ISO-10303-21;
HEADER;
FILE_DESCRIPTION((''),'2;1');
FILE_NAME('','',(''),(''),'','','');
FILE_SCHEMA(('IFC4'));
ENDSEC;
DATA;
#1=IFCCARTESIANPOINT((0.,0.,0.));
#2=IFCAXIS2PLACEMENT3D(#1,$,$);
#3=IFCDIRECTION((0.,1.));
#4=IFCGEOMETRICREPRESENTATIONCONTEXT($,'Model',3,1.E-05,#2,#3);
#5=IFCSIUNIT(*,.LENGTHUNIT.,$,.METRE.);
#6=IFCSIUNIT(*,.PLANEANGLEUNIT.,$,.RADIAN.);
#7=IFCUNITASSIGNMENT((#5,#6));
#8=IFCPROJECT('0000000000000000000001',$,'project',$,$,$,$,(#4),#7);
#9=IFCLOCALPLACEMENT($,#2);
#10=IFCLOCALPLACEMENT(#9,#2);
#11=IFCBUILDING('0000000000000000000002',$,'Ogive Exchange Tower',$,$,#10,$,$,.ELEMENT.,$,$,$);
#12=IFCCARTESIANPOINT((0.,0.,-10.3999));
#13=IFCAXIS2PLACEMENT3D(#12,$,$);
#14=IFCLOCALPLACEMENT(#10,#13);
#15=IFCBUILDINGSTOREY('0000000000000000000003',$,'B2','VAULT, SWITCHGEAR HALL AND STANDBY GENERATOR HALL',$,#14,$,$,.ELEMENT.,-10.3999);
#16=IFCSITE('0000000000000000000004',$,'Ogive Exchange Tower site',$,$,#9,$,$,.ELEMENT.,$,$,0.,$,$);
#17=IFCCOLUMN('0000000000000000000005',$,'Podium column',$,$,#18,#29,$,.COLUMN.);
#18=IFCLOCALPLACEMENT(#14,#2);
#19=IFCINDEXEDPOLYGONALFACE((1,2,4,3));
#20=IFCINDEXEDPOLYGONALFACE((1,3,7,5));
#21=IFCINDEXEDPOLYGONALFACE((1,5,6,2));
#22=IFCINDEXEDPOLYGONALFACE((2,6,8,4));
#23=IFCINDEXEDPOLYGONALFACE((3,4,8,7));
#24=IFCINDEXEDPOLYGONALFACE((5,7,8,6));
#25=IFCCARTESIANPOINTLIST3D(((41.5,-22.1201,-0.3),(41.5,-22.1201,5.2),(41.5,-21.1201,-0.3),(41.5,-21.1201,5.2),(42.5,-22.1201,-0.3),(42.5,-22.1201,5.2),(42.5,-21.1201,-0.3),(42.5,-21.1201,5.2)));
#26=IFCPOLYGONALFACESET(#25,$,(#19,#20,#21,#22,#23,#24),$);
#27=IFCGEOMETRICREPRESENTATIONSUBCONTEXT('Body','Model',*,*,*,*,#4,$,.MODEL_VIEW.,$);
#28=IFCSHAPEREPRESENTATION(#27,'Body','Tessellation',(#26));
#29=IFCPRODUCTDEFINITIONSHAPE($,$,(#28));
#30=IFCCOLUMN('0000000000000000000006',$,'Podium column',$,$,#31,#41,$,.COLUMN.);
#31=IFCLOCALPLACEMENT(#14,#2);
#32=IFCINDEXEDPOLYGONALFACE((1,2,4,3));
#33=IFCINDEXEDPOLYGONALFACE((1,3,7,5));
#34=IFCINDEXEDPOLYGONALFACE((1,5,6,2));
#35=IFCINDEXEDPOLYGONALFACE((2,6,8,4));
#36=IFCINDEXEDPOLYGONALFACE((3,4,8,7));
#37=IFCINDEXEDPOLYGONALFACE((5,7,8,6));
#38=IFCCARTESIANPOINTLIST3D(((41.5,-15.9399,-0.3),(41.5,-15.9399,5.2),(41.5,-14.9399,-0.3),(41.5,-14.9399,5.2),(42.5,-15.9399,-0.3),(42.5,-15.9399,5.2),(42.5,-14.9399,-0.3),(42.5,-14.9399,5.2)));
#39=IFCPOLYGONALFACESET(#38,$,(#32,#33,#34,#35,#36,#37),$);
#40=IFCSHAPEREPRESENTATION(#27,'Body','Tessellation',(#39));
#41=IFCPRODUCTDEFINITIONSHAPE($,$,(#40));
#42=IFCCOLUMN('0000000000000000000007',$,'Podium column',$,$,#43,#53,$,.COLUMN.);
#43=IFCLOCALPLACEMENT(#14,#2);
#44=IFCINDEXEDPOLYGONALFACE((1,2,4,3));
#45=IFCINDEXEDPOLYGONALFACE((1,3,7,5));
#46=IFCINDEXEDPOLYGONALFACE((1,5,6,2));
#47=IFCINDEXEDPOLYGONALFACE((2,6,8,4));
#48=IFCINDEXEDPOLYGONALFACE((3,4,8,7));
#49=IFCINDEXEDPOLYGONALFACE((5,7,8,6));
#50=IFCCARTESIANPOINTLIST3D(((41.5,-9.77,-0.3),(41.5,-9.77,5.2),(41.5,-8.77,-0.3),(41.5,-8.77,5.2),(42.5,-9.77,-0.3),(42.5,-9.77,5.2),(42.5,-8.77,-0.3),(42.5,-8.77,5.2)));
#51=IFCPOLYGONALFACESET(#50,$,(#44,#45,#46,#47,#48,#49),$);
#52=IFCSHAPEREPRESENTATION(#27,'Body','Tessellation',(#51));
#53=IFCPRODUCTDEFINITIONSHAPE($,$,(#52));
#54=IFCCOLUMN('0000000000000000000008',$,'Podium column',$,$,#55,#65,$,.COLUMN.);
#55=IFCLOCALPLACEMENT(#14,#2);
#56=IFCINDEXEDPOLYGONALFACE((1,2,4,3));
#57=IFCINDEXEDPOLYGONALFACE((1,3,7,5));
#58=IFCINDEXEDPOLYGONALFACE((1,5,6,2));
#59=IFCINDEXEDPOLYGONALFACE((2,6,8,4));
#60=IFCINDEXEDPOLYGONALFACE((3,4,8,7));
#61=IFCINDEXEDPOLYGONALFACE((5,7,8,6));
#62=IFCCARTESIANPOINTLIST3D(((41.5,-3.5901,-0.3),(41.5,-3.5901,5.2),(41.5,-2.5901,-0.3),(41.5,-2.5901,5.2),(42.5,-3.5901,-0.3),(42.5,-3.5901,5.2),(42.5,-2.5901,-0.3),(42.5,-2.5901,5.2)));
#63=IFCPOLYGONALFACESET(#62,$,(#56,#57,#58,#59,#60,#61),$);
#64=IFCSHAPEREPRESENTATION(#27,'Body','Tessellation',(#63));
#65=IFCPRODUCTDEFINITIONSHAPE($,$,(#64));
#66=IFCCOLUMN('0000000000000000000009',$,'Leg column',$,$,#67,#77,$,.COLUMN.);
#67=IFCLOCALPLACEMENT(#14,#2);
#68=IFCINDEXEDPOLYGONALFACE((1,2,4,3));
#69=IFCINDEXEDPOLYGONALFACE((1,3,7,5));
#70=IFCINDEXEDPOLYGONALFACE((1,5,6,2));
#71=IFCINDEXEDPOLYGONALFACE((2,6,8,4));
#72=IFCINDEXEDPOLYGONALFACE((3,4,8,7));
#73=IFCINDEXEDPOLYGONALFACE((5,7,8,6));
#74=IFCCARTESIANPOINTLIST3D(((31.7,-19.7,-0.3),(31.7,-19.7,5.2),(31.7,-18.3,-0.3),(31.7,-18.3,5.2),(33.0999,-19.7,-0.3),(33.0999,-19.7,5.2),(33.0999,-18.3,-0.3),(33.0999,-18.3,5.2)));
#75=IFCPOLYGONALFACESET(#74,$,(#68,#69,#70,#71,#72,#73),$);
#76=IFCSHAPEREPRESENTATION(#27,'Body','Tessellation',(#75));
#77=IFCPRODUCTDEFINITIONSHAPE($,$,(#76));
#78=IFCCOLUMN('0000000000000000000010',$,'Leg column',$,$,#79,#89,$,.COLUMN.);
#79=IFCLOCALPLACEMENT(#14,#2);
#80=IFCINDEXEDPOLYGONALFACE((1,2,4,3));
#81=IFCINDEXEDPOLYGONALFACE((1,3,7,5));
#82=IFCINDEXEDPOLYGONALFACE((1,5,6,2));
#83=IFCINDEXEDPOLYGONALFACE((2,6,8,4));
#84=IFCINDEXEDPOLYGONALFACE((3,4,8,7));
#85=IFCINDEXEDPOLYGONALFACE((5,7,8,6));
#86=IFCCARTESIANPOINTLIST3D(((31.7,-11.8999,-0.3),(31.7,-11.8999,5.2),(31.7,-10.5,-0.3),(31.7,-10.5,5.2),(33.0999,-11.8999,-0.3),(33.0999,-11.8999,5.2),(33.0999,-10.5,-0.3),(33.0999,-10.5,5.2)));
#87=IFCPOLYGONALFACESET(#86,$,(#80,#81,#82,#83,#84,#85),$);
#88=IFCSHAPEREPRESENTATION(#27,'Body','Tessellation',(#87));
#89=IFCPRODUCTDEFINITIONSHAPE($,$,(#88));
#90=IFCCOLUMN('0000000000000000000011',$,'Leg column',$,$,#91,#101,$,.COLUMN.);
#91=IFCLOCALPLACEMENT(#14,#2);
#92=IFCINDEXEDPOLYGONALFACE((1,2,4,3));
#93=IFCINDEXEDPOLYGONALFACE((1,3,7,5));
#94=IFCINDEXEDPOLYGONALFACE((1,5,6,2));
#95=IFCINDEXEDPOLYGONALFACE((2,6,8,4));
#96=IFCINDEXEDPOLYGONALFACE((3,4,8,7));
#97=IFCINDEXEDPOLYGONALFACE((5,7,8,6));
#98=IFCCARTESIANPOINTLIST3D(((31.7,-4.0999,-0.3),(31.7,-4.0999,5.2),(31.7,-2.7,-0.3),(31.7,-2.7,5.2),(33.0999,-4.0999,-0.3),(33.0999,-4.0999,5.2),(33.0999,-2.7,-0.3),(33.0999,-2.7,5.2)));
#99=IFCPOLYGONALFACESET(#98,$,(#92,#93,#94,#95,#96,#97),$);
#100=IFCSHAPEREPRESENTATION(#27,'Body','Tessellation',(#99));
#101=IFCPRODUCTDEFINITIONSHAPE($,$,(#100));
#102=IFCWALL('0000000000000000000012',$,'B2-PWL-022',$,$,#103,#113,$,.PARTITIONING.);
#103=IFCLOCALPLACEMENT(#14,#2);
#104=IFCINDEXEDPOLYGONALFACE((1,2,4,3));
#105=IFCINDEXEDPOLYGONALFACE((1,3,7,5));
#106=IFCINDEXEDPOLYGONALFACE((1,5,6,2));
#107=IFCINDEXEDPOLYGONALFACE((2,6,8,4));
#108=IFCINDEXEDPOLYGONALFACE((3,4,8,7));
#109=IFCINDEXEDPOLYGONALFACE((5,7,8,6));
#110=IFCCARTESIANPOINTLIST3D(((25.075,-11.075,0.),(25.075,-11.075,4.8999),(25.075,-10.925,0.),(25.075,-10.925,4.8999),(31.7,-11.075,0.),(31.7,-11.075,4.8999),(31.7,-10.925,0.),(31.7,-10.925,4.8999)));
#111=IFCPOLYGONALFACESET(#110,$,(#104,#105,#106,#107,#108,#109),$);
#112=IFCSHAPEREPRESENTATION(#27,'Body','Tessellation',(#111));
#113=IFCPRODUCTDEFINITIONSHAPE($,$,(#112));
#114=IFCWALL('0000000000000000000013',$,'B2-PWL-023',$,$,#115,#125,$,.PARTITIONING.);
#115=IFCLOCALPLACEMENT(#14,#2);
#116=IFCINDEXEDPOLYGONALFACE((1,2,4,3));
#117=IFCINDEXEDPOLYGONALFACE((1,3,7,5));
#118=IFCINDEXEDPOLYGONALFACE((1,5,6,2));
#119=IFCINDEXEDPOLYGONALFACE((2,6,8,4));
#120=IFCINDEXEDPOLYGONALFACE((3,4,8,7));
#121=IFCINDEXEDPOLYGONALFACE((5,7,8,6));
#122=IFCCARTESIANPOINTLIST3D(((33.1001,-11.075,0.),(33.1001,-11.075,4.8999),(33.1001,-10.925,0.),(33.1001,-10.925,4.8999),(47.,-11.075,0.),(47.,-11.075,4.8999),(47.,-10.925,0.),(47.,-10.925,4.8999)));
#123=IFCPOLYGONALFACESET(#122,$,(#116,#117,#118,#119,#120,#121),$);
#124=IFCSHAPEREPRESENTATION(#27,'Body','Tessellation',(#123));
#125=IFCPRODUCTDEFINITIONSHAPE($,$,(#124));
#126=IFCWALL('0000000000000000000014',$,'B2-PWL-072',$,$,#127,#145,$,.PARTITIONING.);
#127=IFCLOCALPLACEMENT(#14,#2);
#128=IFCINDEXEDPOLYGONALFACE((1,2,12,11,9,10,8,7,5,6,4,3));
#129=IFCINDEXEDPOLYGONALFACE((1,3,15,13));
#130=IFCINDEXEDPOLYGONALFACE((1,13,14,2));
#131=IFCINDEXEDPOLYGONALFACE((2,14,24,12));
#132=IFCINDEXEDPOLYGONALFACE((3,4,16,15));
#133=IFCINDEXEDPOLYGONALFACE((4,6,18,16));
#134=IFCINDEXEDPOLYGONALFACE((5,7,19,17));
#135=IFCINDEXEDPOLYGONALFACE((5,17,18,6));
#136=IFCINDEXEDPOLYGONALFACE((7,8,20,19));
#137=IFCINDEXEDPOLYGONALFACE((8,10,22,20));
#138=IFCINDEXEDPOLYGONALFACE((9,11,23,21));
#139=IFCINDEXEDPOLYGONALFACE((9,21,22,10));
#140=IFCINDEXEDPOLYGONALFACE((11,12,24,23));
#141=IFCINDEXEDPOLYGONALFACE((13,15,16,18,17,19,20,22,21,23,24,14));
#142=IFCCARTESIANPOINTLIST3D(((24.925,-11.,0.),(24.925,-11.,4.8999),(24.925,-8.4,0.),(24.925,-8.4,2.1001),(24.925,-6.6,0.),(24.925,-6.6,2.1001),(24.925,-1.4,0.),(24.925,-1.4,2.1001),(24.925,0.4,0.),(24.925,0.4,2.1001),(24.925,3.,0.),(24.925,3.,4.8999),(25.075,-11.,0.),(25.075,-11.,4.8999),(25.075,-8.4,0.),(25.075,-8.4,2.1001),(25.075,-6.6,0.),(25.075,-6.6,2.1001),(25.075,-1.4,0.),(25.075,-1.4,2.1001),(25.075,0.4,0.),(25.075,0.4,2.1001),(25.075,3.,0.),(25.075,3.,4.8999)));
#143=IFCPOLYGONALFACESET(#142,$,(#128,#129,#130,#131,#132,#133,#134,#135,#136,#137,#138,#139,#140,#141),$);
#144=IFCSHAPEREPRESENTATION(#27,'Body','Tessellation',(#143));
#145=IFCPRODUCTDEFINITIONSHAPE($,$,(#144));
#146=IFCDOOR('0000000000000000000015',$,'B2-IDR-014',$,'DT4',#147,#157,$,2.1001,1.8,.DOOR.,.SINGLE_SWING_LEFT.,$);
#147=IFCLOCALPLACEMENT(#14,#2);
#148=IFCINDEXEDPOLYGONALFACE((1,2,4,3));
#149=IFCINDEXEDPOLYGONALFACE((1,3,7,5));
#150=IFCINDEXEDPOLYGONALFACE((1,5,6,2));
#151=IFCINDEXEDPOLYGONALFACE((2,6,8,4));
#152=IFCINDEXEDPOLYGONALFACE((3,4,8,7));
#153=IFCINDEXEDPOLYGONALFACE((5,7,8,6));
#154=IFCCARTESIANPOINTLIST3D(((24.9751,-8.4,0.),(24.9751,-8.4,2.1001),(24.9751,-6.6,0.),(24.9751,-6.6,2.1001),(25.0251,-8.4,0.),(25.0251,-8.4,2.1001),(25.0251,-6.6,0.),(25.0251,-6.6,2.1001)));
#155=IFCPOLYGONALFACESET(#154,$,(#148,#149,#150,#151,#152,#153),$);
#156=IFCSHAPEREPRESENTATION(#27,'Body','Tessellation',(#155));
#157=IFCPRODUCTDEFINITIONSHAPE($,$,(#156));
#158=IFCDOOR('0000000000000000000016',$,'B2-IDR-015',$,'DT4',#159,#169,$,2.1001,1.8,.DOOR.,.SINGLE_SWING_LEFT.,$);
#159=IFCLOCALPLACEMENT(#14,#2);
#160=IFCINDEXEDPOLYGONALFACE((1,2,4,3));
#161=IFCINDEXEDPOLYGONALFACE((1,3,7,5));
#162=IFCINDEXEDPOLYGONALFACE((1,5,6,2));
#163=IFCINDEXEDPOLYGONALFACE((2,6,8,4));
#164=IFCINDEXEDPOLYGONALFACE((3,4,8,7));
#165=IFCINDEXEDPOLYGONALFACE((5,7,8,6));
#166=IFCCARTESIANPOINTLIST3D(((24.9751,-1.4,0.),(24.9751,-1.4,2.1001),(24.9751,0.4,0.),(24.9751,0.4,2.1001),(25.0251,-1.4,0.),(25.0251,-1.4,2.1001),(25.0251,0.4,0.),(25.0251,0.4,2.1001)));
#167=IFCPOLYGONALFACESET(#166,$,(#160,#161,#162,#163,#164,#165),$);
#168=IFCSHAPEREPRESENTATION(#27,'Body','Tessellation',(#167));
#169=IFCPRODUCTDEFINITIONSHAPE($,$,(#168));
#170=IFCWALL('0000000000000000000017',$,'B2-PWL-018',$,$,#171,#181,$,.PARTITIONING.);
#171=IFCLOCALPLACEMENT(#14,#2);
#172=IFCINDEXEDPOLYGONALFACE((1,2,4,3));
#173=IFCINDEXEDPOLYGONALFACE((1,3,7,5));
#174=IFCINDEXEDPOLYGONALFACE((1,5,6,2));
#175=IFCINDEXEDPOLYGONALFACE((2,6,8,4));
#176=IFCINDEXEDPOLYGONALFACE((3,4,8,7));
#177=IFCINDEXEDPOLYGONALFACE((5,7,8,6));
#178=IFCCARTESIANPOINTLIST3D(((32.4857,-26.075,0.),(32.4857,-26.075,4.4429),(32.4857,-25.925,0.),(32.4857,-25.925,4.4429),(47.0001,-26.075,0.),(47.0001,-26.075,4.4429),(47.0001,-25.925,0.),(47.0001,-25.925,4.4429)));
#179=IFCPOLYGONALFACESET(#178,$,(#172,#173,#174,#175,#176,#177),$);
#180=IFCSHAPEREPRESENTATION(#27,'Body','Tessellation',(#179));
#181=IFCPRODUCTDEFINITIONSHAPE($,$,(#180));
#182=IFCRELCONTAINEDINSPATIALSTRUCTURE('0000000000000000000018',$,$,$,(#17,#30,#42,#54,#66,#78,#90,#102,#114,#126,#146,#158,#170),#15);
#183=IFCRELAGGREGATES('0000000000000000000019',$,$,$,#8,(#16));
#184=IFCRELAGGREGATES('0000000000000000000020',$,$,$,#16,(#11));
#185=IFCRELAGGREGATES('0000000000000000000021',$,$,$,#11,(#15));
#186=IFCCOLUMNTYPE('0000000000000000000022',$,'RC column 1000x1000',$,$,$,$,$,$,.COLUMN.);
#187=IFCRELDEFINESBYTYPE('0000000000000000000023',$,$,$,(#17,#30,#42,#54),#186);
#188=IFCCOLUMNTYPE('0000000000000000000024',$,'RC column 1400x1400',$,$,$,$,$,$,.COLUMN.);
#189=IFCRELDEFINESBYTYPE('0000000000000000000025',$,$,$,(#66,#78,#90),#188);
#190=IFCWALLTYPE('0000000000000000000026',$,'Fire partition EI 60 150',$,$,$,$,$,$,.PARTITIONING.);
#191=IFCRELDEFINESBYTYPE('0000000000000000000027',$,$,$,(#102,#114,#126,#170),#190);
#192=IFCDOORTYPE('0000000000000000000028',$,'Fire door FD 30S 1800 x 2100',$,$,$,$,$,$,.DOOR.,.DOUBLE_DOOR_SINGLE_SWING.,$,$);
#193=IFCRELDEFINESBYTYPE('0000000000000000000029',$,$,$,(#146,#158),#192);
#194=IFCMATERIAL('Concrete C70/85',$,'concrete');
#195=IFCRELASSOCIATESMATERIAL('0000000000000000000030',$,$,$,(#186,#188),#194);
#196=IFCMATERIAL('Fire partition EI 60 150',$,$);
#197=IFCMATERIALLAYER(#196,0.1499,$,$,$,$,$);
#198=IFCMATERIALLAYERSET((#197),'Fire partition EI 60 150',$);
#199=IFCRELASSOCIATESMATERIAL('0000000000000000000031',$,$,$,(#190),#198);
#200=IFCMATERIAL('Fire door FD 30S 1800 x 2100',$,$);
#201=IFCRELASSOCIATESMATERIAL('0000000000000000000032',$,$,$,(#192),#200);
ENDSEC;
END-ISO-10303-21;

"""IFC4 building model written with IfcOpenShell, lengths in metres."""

from ifc_helpers import new_model, si_unit, direction, frame, frame_2d, origin, origin_2d, place, context, subcontext, project, spatial, rectangle, extrude, material, layer, layer_set, material_profile, profile_set, type_object, element, fill, save


model = new_model("IFC4")

# Units and contexts
model_context = context("Model", 3, precision=1e-05, world=origin(), true_north=direction((0.0, 1.0)))
body_context = subcontext(model_context, "Body", "Model", "MODEL_VIEW")
ifc_project = project(units=[si_unit("LENGTHUNIT", "METRE"), si_unit("PLANEANGLEUNIT", "RADIAN")], contexts=[model_context])

# Site, building, storey
site_placement = place(None, origin())
site = spatial("IfcSite", under=ifc_project, at=site_placement, Name="Ogive Exchange Tower site", CompositionType="ELEMENT", RefElevation=0.0)
building_placement = place(site_placement, origin())
building = spatial("IfcBuilding", under=site, at=building_placement, Name="Ogive Exchange Tower", CompositionType="ELEMENT")
storey_placement = place(building_placement, frame((0.0, 0.0, -10.3999)))
storey = spatial("IfcBuildingStorey", under=building, at=storey_placement, Name="B2", Description="VAULT, SWITCHGEAR HALL AND STANDBY GENERATOR HALL", CompositionType="ELEMENT", Elevation=-10.3999)

# Columns
ifc_material_1 = material(Name="Concrete C70/85", Category="concrete")
ifc_material_profile_1 = material_profile(ifc_material_1, rectangle(XDim=1.0, YDim=1.0, at=origin_2d()), Name="RC 1000x1000")
ifc_profile_set_1 = profile_set([ifc_material_profile_1], Name="Concrete C70/85")
column_type_1 = type_object("IfcColumnType", Name="RC column 1000x1000", PredefinedType="COLUMN", material=ifc_profile_set_1)
for number, where, z_axis, x_axis, name in (
    (1, (42.0, -21.6201, -0.3), (0.0, 0.0, 1.0), (1.0, 0.0, 0.0), "Podium column"),
    (2, (42.0, -15.4399, -0.3), (0.0, 0.0, 1.0), (1.0, 0.0, 0.0), "Podium column"),
    (3, (42.0, -9.27, -0.3), (0.0, 0.0, 1.0), (1.0, 0.0, 0.0), "Podium column"),
    (4, (42.0, -3.0901, -0.3), (0.0, 0.0, 1.0), (1.0, 0.0, 0.0), "Podium column"),
):
    element("IfcColumn", number, at=place(storey_placement, frame(where, z_axis=z_axis, x_axis=x_axis)), inside=storey, type_object=column_type_1, Name=name, PredefinedType="COLUMN", context=body_context, shape_type="SweptSolid", body=[
        extrude(rectangle(XDim=1.0, YDim=1.0, at=origin_2d()), origin(), (0.0, 0.0, 1.0), 5.5),
    ])
ifc_material_profile_2 = material_profile(ifc_material_1, rectangle(XDim=1.3999, YDim=1.3999, at=origin_2d()), Name="RC 1400x1400")
ifc_profile_set_2 = profile_set([ifc_material_profile_2], Name="Concrete C70/85")
column_type_2 = type_object("IfcColumnType", Name="RC column 1400x1400", PredefinedType="COLUMN", material=ifc_profile_set_2)
for number, where, z_axis, x_axis, name in (
    (5, (32.3999, -19.0, -0.3), (0.0, 0.0, 1.0), (1.0, 0.0, 0.0), "Leg column"),
    (6, (32.3999, -11.2, -0.3), (0.0, 0.0, 1.0), (1.0, 0.0, 0.0), "Leg column"),
    (7, (32.3999, -3.3999, -0.3), (0.0, 0.0, 1.0), (1.0, 0.0, 0.0), "Leg column"),
):
    element("IfcColumn", number, at=place(storey_placement, frame(where, z_axis=z_axis, x_axis=x_axis)), inside=storey, type_object=column_type_2, Name=name, PredefinedType="COLUMN", context=body_context, shape_type="SweptSolid", body=[
        extrude(rectangle(XDim=1.3999, YDim=1.3999, at=origin_2d()), origin(), (0.0, 0.0, 1.0), 5.5),
    ])

# Walls
ifc_material_2 = material(Name="Fire partition EI 60 150")
ifc_layer_1 = layer(ifc_material_2, 0.1499)
ifc_layer_set_1 = layer_set([ifc_layer_1], Name="Fire partition EI 60 150")
wall_type_1 = type_object("IfcWallType", Name="Fire partition EI 60 150", PredefinedType="PARTITIONING", material=ifc_layer_set_1)
wall_1_placement = place(storey_placement, frame((25.075, -11.0, 0.0), z_axis=(0.0, 0.0, 1.0), x_axis=(1.0, 0.0, 0.0)))
element("IfcWall", 8, at=wall_1_placement, inside=storey, type_object=wall_type_1, Name="B2-PWL-022", PredefinedType="PARTITIONING", context=body_context, shape_type="SweptSolid", body=[
    extrude(rectangle(XDim=6.625, YDim=0.1499, at=frame_2d((3.3125, 0.0))), origin(), (0.0, 0.0, 1.0), 4.8999),
])
wall_2_placement = place(storey_placement, frame((33.1001, -11.0, 0.0), z_axis=(0.0, 0.0, 1.0), x_axis=(1.0, 0.0, 0.0)))
element("IfcWall", 9, at=wall_2_placement, inside=storey, type_object=wall_type_1, Name="B2-PWL-023", PredefinedType="PARTITIONING", context=body_context, shape_type="SweptSolid", body=[
    extrude(rectangle(XDim=13.8999, YDim=0.1499, at=frame_2d((6.95, 0.0))), origin(), (0.0, 0.0, 1.0), 4.8999),
])

# Wall, openings, doors
wall_3_placement = place(storey_placement, frame((25.0, -11.0, 0.0), z_axis=(0.0, 0.0, 1.0), x_axis=(0.0, 1.0, 0.0)))
wall_3 = element("IfcWall", 10, at=wall_3_placement, inside=storey, type_object=wall_type_1, Name="B2-PWL-072", PredefinedType="PARTITIONING", context=body_context, shape_type="SweptSolid", body=[
    extrude(rectangle(XDim=14.0, YDim=0.1499, at=frame_2d((7.0, 0.0))), origin(), (0.0, 0.0, 1.0), 4.8999),
])
opening_1_placement = place(wall_3_placement, frame((2.6001, 0.0, 0.0)))
opening_1 = element("IfcOpeningElement", 11, at=opening_1_placement, cuts=wall_3, PredefinedType="OPENING", context=body_context, shape_type="SweptSolid", body=[
    extrude(rectangle(XDim=1.8, YDim=2.1001, at=frame_2d((0.8999, 1.05))), frame((0.0, 0.085, 0.0), z_axis=(0.0, -1.0, 0.0), x_axis=(1.0, 0.0, 0.0)), (0.0, 0.0, 1.0), 0.1699),
])
opening_2_placement = place(wall_3_placement, frame((9.6001, 0.0, 0.0)))
opening_2 = element("IfcOpeningElement", 12, at=opening_2_placement, cuts=wall_3, PredefinedType="OPENING", context=body_context, shape_type="SweptSolid", body=[
    extrude(rectangle(XDim=1.8, YDim=2.1001, at=frame_2d((0.8999, 1.05))), frame((0.0, 0.085, 0.0), z_axis=(0.0, -1.0, 0.0), x_axis=(1.0, 0.0, 0.0)), (0.0, 0.0, 1.0), 0.1699),
])
ifc_material_3 = material(Name="Fire door FD 30S 1800 x 2100")
door_type_1 = type_object("IfcDoorType", Name="Fire door FD 30S 1800 x 2100", OperationType="DOUBLE_DOOR_SINGLE_SWING", PredefinedType="DOOR", material=ifc_material_3)
door_1_placement = place(opening_1_placement, origin())
door_1 = element("IfcDoor", 13, at=door_1_placement, inside=storey, type_object=door_type_1, Name="B2-IDR-014", ObjectType="DT4", OperationType="SINGLE_SWING_LEFT", OverallHeight=2.1001, OverallWidth=1.8, PredefinedType="DOOR", context=body_context, shape_type="SweptSolid", body=[
    extrude(rectangle(XDim=1.8, YDim=2.1001, at=frame_2d((0.8999, 1.05))), frame((0.0, 0.0249, 0.0), z_axis=(0.0, -1.0, 0.0), x_axis=(1.0, 0.0, 0.0)), (0.0, 0.0, 1.0), 0.05),
])
fill(opening_1, door_1)
door_2_placement = place(opening_2_placement, origin())
door_2 = element("IfcDoor", 14, at=door_2_placement, inside=storey, type_object=door_type_1, Name="B2-IDR-015", ObjectType="DT4", OperationType="SINGLE_SWING_LEFT", OverallHeight=2.1001, OverallWidth=1.8, PredefinedType="DOOR", context=body_context, shape_type="SweptSolid", body=[
    extrude(rectangle(XDim=1.8, YDim=2.1001, at=frame_2d((0.8999, 1.05))), frame((0.0, 0.0249, 0.0), z_axis=(0.0, -1.0, 0.0), x_axis=(1.0, 0.0, 0.0)), (0.0, 0.0, 1.0), 0.05),
])
fill(opening_2, door_2)

# Wall
wall_4_placement = place(storey_placement, frame((32.4856, -26.0, 0.0), z_axis=(0.0, 0.0, 1.0), x_axis=(1.0, 0.0, 0.0)))
element("IfcWall", 15, at=wall_4_placement, inside=storey, type_object=wall_type_1, Name="B2-PWL-018", PredefinedType="PARTITIONING", context=body_context, shape_type="SweptSolid", body=[
    extrude(rectangle(XDim=14.5144, YDim=0.1499, at=frame_2d((7.2573, 0.0))), origin(), (0.0, 0.0, 1.0), 4.4429),
])

save(model, "model.ifc")
